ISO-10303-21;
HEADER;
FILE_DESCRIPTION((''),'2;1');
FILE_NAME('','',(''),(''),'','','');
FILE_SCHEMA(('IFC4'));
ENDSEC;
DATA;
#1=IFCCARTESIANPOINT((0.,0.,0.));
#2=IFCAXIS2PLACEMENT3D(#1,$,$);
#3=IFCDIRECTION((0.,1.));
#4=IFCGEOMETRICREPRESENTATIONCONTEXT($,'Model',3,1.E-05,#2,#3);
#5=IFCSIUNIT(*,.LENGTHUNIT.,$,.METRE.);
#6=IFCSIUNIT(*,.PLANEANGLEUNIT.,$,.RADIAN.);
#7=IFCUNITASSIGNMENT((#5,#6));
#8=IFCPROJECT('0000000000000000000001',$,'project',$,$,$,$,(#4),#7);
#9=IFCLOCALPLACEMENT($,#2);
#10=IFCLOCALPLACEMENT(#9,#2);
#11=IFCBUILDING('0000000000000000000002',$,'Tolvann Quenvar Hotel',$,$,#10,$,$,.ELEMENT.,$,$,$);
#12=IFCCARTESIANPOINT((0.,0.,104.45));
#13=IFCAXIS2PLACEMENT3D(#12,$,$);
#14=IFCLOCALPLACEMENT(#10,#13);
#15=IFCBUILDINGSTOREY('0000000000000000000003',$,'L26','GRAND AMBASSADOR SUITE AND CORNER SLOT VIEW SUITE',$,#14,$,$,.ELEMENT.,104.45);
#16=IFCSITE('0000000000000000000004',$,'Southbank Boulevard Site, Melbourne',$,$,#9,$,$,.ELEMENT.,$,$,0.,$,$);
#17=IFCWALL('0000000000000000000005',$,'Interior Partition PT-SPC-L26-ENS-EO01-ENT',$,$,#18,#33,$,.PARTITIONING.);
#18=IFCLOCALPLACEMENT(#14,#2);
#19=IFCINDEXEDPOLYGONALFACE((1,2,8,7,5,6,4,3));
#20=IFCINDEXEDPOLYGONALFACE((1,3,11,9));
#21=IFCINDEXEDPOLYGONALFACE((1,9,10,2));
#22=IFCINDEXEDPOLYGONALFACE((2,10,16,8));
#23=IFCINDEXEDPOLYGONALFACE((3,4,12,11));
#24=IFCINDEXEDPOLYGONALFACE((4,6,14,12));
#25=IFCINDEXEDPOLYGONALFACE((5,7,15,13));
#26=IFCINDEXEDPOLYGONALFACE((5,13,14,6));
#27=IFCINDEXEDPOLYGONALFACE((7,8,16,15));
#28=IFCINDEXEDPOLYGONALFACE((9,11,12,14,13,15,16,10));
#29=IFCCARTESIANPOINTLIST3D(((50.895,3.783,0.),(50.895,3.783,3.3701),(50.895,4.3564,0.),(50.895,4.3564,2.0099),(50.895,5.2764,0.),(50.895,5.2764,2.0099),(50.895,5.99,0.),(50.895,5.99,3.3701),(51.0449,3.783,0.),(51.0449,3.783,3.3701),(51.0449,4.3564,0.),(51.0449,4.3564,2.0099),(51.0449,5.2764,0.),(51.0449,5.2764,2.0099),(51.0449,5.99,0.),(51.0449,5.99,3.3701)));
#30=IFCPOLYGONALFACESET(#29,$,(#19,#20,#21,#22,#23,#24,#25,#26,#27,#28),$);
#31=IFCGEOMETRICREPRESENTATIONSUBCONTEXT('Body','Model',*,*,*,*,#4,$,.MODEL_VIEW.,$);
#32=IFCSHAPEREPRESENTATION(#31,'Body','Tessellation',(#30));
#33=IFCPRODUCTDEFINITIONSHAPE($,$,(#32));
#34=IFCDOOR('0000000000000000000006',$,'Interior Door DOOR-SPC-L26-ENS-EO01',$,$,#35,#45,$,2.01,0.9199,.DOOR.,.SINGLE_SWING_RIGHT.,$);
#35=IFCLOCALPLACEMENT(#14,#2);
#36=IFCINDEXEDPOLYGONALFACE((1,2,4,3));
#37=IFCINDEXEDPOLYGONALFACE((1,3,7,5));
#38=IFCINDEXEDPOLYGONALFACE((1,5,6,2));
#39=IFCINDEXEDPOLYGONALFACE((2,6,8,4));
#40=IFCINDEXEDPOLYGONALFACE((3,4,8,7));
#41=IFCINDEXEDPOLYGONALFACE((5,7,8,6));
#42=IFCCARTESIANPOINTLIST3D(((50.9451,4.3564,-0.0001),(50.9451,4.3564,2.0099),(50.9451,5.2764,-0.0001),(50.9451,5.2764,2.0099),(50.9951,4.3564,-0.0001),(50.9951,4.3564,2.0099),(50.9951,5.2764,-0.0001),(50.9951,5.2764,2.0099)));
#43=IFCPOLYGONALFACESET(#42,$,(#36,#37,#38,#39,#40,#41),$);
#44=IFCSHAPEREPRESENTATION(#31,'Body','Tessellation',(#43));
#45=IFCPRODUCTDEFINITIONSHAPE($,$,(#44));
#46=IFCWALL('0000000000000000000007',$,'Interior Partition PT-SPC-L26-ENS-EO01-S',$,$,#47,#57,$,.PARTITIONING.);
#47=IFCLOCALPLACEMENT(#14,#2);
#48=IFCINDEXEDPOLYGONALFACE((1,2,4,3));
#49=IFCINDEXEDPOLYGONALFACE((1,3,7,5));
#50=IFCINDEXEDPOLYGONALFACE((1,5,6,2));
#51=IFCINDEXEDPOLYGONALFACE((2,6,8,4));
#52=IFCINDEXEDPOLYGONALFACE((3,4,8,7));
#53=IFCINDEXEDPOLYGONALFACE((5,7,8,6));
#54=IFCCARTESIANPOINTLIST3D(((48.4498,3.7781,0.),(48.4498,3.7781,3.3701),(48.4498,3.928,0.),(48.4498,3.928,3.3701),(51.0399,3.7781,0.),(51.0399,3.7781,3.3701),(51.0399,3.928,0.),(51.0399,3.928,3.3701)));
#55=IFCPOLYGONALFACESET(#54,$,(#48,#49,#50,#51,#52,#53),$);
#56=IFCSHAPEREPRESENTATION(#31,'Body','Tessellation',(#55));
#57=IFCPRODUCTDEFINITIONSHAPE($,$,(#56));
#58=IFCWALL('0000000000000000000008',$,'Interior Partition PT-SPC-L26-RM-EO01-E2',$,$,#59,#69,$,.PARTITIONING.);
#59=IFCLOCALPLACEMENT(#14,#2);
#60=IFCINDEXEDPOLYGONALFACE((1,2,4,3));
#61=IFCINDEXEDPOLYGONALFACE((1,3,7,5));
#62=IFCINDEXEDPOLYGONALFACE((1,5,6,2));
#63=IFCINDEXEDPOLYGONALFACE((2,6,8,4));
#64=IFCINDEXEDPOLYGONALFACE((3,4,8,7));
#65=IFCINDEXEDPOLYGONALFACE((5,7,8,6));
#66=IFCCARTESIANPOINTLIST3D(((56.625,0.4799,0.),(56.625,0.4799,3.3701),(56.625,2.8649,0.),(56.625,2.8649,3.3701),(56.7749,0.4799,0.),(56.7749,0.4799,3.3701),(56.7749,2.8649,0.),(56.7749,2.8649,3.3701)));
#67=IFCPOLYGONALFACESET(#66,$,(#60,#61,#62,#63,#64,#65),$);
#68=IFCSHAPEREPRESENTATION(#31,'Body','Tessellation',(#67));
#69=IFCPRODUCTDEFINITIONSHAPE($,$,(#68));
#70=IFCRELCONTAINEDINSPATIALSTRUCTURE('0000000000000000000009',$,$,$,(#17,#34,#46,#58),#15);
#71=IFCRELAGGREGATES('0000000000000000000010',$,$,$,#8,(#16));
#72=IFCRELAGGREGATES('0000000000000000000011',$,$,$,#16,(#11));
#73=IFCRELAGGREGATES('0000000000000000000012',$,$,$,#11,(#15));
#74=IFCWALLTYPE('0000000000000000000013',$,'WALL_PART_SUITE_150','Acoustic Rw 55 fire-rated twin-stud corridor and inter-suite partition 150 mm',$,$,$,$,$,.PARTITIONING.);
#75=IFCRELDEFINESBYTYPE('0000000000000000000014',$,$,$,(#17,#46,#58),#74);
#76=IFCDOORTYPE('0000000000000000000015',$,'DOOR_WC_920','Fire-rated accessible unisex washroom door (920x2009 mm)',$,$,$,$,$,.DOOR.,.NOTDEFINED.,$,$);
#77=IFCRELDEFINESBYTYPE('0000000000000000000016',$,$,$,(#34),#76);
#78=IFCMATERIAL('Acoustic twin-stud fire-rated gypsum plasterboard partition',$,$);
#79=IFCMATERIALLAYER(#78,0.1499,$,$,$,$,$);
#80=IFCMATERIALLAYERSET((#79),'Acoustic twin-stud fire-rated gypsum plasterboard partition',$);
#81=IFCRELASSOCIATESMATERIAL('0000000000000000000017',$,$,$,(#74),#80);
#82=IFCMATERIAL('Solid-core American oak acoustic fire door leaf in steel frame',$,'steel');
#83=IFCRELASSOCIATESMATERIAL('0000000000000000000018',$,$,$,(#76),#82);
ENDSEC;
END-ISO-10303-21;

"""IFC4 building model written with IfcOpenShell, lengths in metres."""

from ifc_helpers import new_model, si_unit, direction, frame, frame_2d, origin, place, context, subcontext, project, spatial, rectangle, extrude, source, transform, mapped, material, layer, layer_set, type_object, type_shapes, element, fill, save


model = new_model("IFC4")

# Units and contexts
model_context = context("Model", 3, precision=1e-05, world=origin(), true_north=direction((0.0, 1.0)))
body_context = subcontext(model_context, "Body", "Model", "MODEL_VIEW")
ifc_project = project(units=[si_unit("LENGTHUNIT", "METRE"), si_unit("PLANEANGLEUNIT", "RADIAN")], contexts=[model_context])

# Site, building, storey
site_placement = place(None, origin())
site = spatial("IfcSite", under=ifc_project, at=site_placement, Name="Southbank Boulevard Site, Melbourne", CompositionType="ELEMENT", RefElevation=0.0)
building_placement = place(site_placement, origin())
building = spatial("IfcBuilding", under=site, at=building_placement, Name="Tolvann Quenvar Hotel", CompositionType="ELEMENT")
storey_placement = place(building_placement, frame((0.0, 0.0, 104.45)))
storey = spatial("IfcBuildingStorey", under=building, at=storey_placement, Name="L26", Description="GRAND AMBASSADOR SUITE AND CORNER SLOT VIEW SUITE", CompositionType="ELEMENT", Elevation=104.45)

# Wall, opening, door
ifc_material_1 = material(Name="Acoustic twin-stud fire-rated gypsum plasterboard partition")
ifc_layer_1 = layer(ifc_material_1, 0.1499)
ifc_layer_set_1 = layer_set([ifc_layer_1], Name="Acoustic twin-stud fire-rated gypsum plasterboard partition")
wall_type_1 = type_object("IfcWallType", Name="WALL_PART_SUITE_150", Description="Acoustic Rw 55 fire-rated twin-stud corridor and inter-suite partition 150 mm", PredefinedType="PARTITIONING", material=ifc_layer_set_1)
wall_1_placement = place(storey_placement, frame((50.97, 3.783, 0.0), z_axis=(0.0, 0.0, 1.0), x_axis=(0.0, 1.0, 0.0)))
wall_1 = element("IfcWall", 1, at=wall_1_placement, inside=storey, type_object=wall_type_1, Name="Interior Partition PT-SPC-L26-ENS-EO01-ENT", PredefinedType="PARTITIONING", context=body_context, shape_type="SweptSolid", body=[
    extrude(rectangle(XDim=2.207, YDim=0.1499, at=frame_2d((1.1035, 0.0))), origin(), (0.0, 0.0, 1.0), 3.3701),
])
opening_1_placement = place(wall_1_placement, frame((0.5735, 0.0, 0.0)))
opening_1 = element("IfcOpeningElement", 2, at=opening_1_placement, cuts=wall_1, PredefinedType="OPENING", context=body_context, shape_type="SweptSolid", body=[
    extrude(rectangle(XDim=0.9199, YDim=2.01, at=frame_2d((0.46, 1.0049))), frame((0.0, 0.085, 0.0), z_axis=(0.0, -1.0, 0.0), x_axis=(1.0, 0.0, 0.0)), (0.0, 0.0, 1.0), 0.1699),
])
ifc_material_2 = material(Name="Solid-core American oak acoustic fire door leaf in steel frame", Category="steel")
door_type_1 = type_object("IfcDoorType", Name="DOOR_WC_920", Description="Fire-rated accessible unisex washroom door (920x2009 mm)", OperationType="NOTDEFINED", PredefinedType="DOOR", material=ifc_material_2)
shared_shape_1 = source(origin(), body_context, "Body", "SweptSolid", [
    extrude(rectangle(XDim=0.9199, YDim=2.01, at=frame_2d((0.46, 1.0049))), frame((0.0, 0.0249, 0.0), z_axis=(0.0, -1.0, 0.0), x_axis=(1.0, 0.0, 0.0)), (0.0, 0.0, 1.0), 0.05),
])
type_shapes(door_type_1, [shared_shape_1])
door_1_placement = place(opening_1_placement, origin())
door_1 = element("IfcDoor", 3, at=door_1_placement, inside=storey, type_object=door_type_1, Name="Interior Door DOOR-SPC-L26-ENS-EO01", OperationType="SINGLE_SWING_RIGHT", OverallHeight=2.01, OverallWidth=0.9199, PredefinedType="DOOR", context=body_context, shape_type="MappedRepresentation", body=[
    mapped(shared_shape_1, transform((0.0, 0.0, 0.0), x_axis=(1.0, 0.0, 0.0), y_axis=(0.0, 1.0, 0.0), z_axis=(0.0, 0.0, 1.0), scale=1.0)),
])
fill(opening_1, door_1)

# Wall
wall_2_placement = place(storey_placement, frame((48.45, 3.853, 0.0), z_axis=(0.0, 0.0, 1.0), x_axis=(1.0, 0.0, 0.0)))
element("IfcWall", 4, at=wall_2_placement, inside=storey, type_object=wall_type_1, Name="Interior Partition PT-SPC-L26-ENS-EO01-S", PredefinedType="PARTITIONING", context=body_context, shape_type="SweptSolid", body=[
    extrude(rectangle(XDim=2.5901, YDim=0.1499, at=frame_2d((1.2949, 0.0))), origin(), (0.0, 0.0, 1.0), 3.3701),
])

# Wall
wall_3_placement = place(storey_placement, frame((56.7, 0.48, 0.0), z_axis=(0.0, 0.0, 1.0), x_axis=(0.0, 1.0, 0.0)))
element("IfcWall", 5, at=wall_3_placement, inside=storey, type_object=wall_type_1, Name="Interior Partition PT-SPC-L26-RM-EO01-E2", PredefinedType="PARTITIONING", context=body_context, shape_type="SweptSolid", body=[
    extrude(rectangle(XDim=2.385, YDim=0.1499, at=frame_2d((1.1924, 0.0))), origin(), (0.0, 0.0, 1.0), 3.3701),
])

save(model, "model.ifc")
